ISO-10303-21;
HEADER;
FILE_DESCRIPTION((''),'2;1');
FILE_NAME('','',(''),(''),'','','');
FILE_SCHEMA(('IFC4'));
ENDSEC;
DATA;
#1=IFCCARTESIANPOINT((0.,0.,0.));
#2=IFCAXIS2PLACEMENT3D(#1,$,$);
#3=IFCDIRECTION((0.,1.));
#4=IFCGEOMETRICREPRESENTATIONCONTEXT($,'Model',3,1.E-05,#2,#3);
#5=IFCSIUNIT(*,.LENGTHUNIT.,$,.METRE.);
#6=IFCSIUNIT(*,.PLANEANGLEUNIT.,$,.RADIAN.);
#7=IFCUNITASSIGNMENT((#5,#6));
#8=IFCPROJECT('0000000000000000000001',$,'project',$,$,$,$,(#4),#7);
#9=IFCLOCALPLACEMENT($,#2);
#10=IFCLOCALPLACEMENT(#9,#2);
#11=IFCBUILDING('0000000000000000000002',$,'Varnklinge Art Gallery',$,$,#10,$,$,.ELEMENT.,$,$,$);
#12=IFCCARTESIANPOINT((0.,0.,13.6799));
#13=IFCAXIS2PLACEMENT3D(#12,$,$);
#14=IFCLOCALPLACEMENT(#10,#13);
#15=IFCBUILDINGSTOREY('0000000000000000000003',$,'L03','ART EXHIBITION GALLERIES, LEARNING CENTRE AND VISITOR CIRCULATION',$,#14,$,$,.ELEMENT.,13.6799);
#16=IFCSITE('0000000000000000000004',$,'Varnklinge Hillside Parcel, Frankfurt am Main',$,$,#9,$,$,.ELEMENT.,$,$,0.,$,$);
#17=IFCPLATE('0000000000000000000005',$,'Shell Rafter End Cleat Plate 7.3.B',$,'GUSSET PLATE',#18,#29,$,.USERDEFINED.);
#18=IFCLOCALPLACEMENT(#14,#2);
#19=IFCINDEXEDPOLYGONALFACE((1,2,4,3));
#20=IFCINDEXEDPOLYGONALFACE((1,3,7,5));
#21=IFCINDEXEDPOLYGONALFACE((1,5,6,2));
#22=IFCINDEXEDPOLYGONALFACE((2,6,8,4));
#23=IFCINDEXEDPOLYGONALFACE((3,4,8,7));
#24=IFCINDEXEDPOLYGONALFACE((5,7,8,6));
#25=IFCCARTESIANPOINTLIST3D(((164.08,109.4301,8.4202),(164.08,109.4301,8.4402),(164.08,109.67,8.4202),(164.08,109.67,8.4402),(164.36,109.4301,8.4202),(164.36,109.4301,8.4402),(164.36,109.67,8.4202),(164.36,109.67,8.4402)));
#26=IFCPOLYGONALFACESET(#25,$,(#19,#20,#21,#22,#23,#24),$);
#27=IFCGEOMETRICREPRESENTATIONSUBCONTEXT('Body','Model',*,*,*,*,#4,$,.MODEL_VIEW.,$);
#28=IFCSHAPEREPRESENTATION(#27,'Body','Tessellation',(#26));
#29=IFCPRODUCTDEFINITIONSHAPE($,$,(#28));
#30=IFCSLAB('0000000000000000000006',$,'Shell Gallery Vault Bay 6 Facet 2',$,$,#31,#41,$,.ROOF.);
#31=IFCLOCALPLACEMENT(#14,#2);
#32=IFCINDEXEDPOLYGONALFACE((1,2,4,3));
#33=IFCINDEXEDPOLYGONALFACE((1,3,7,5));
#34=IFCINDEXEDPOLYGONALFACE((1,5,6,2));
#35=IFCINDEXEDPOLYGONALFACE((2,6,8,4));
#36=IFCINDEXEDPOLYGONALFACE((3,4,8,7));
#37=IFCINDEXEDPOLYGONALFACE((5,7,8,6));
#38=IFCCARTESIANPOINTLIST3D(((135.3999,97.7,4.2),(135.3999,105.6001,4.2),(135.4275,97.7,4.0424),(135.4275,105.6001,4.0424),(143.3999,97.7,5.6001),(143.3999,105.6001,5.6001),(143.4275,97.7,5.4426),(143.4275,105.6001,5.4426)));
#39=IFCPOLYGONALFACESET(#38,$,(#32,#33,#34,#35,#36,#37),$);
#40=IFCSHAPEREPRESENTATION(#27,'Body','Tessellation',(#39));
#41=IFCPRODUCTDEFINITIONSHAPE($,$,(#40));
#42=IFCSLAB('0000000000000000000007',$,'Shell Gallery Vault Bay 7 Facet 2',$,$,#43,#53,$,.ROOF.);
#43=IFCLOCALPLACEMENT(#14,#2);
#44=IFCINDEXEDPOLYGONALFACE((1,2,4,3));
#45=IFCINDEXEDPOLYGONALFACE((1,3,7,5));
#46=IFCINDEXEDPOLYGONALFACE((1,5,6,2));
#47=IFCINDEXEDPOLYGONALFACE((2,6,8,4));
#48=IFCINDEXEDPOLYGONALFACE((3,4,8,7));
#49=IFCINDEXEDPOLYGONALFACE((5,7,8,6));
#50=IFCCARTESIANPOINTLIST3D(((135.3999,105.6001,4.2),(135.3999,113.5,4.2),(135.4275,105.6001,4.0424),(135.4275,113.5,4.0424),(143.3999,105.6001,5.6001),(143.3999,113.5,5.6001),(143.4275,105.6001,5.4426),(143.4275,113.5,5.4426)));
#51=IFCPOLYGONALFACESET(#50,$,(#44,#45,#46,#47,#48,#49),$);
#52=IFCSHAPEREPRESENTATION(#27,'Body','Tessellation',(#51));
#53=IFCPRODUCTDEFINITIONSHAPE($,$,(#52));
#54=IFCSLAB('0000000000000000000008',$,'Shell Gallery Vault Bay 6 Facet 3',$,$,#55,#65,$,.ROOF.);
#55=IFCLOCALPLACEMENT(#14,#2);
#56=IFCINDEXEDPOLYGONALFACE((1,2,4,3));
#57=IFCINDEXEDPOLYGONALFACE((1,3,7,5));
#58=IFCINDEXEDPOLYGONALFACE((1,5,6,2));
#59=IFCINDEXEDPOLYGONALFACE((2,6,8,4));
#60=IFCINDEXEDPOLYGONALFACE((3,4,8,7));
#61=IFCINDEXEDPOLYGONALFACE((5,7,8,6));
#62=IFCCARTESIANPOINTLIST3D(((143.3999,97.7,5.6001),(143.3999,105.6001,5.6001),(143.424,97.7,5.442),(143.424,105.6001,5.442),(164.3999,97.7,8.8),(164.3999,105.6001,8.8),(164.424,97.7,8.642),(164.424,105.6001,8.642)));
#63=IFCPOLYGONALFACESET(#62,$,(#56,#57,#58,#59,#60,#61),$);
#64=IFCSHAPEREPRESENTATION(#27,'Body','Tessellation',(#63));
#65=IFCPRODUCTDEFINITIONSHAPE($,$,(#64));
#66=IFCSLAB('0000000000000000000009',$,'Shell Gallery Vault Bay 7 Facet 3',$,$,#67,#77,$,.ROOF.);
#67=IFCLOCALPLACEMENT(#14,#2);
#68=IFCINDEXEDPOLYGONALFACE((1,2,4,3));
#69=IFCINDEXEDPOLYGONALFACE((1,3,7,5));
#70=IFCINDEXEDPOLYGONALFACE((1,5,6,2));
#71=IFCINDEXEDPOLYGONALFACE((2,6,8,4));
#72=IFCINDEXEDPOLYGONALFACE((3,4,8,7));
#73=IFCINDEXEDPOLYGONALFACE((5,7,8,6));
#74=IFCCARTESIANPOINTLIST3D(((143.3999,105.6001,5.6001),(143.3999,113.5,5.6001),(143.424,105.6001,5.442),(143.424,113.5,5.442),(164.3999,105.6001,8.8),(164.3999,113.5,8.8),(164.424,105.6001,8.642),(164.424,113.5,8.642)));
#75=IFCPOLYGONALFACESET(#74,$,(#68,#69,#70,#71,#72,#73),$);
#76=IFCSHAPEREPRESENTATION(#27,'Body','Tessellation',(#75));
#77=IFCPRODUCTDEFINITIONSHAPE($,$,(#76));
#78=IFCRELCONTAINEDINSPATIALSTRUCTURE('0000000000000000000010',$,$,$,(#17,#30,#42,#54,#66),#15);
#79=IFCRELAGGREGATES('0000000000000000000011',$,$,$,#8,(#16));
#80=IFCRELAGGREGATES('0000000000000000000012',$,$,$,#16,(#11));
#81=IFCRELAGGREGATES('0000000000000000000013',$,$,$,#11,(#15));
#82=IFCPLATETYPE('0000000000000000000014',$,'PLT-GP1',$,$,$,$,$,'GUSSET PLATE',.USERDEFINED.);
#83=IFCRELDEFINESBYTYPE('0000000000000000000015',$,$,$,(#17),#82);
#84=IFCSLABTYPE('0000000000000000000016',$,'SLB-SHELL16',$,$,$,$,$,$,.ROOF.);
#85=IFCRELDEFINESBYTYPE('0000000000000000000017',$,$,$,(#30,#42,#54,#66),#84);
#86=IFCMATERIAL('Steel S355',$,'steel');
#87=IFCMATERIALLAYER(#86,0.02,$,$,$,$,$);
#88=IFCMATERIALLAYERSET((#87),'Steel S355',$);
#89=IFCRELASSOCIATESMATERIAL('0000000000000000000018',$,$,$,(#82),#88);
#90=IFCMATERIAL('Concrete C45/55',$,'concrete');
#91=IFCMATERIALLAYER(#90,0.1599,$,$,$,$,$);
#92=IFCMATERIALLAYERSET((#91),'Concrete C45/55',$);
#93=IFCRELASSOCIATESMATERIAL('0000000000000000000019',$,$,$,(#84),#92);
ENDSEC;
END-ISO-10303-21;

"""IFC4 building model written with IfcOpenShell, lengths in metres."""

from ifc_helpers import new_model, si_unit, direction, frame, origin, origin_2d, place, context, subcontext, project, spatial, polyline, rectangle, outline, extrude, material, layer, layer_set, type_object, element, save


model = new_model("IFC4")

# Units and contexts
model_context = context("Model", 3, precision=1e-05, world=origin(), true_north=direction((0.0, 1.0)))
body_context = subcontext(model_context, "Body", "Model", "MODEL_VIEW")
ifc_project = project(units=[si_unit("LENGTHUNIT", "METRE"), si_unit("PLANEANGLEUNIT", "RADIAN")], contexts=[model_context])

# Site, building, storey
site_placement = place(None, origin())
site = spatial("IfcSite", under=ifc_project, at=site_placement, Name="Varnklinge Hillside Parcel, Frankfurt am Main", CompositionType="ELEMENT", RefElevation=0.0)
building_placement = place(site_placement, origin())
building = spatial("IfcBuilding", under=site, at=building_placement, Name="Varnklinge Art Gallery", CompositionType="ELEMENT")
storey_placement = place(building_placement, frame((0.0, 0.0, 13.6799)))
storey = spatial("IfcBuildingStorey", under=building, at=storey_placement, Name="L03", Description="ART EXHIBITION GALLERIES, LEARNING CENTRE AND VISITOR CIRCULATION", CompositionType="ELEMENT", Elevation=13.6799)

# Plate
ifc_material_1 = material(Name="Steel S355", Category="steel")
ifc_layer_1 = layer(ifc_material_1, 0.02)
ifc_layer_set_1 = layer_set([ifc_layer_1], Name="Steel S355")
plate_type = type_object("IfcPlateType", Name="PLT-GP1", ElementType="GUSSET PLATE", PredefinedType="USERDEFINED", material=ifc_layer_set_1)
for number, where, z_axis, x_axis, name in (
    (1, (164.22, 109.55, 8.4202), (0.0, 0.0, 1.0), (1.0, 0.0, 0.0), "Shell Rafter End Cleat Plate 7.3.B"),
):
    element("IfcPlate", number, at=place(storey_placement, frame(where, z_axis=z_axis, x_axis=x_axis)), inside=storey, type_object=plate_type, Name=name, ObjectType="GUSSET PLATE", PredefinedType="USERDEFINED", context=body_context, shape_type="SweptSolid", body=[
        extrude(rectangle(XDim=0.28, YDim=0.24, at=origin_2d()), origin(), (0.0, 0.0, 1.0), 0.02),
    ])

# Slabs
ifc_material_2 = material(Name="Concrete C45/55", Category="concrete")
ifc_layer_2 = layer(ifc_material_2, 0.1599)
ifc_layer_set_2 = layer_set([ifc_layer_2], Name="Concrete C45/55")
slab_type = type_object("IfcSlabType", Name="SLB-SHELL16", PredefinedType="ROOF", material=ifc_layer_set_2)
slab_1_placement = place(storey_placement, frame((135.3999, 97.7, 4.2), z_axis=(-0.172398, 0.0, 0.985027), x_axis=(0.985027, 0.0, 0.172398)))
element("IfcSlab", 2, at=slab_1_placement, inside=storey, type_object=slab_type, Name="Shell Gallery Vault Bay 6 Facet 2", PredefinedType="ROOF", context=body_context, shape_type="SweptSolid", body=[
    extrude(outline(polyline([(0.0, 0.0), (8.1216, 0.0), (8.1216, 7.9001), (0.0, 7.9001), (0.0, 0.0)])), origin(), (0.0, 0.0, -1.0), 0.1599),
])
slab_2_placement = place(storey_placement, frame((135.3999, 105.6001, 4.2), z_axis=(-0.172398, 0.0, 0.985027), x_axis=(0.985027, 0.0, 0.172398)))
element("IfcSlab", 3, at=slab_2_placement, inside=storey, type_object=slab_type, Name="Shell Gallery Vault Bay 7 Facet 2", PredefinedType="ROOF", context=body_context, shape_type="SweptSolid", body=[
    extrude(outline(polyline([(0.0, 0.0), (8.1216, 0.0), (8.1216, 7.8999), (0.0, 7.8999), (0.0, 0.0)])), origin(), (0.0, 0.0, -1.0), 0.1599),
])
slab_3_placement = place(storey_placement, frame((143.3999, 97.7, 5.6001), z_axis=(-0.15064, 0.0, 0.988589), x_axis=(0.988589, 0.0, 0.15064)))
element("IfcSlab", 4, at=slab_3_placement, inside=storey, type_object=slab_type, Name="Shell Gallery Vault Bay 6 Facet 3", PredefinedType="ROOF", context=body_context, shape_type="SweptSolid", body=[
    extrude(outline(polyline([(0.0, 0.0), (21.2424, 0.0), (21.2424, 7.9001), (0.0, 7.9001), (0.0, 0.0)])), origin(), (0.0, 0.0, -1.0), 0.1599),
])
slab_4_placement = place(storey_placement, frame((143.3999, 105.6001, 5.6001), z_axis=(-0.15064, 0.0, 0.988589), x_axis=(0.988589, 0.0, 0.15064)))
element("IfcSlab", 5, at=slab_4_placement, inside=storey, type_object=slab_type, Name="Shell Gallery Vault Bay 7 Facet 3", PredefinedType="ROOF", context=body_context, shape_type="SweptSolid", body=[
    extrude(outline(polyline([(0.0, 0.0), (21.2424, 0.0), (21.2424, 7.8999), (0.0, 7.8999), (0.0, 0.0)])), origin(), (0.0, 0.0, -1.0), 0.1599),
])

save(model, "model.ifc")
